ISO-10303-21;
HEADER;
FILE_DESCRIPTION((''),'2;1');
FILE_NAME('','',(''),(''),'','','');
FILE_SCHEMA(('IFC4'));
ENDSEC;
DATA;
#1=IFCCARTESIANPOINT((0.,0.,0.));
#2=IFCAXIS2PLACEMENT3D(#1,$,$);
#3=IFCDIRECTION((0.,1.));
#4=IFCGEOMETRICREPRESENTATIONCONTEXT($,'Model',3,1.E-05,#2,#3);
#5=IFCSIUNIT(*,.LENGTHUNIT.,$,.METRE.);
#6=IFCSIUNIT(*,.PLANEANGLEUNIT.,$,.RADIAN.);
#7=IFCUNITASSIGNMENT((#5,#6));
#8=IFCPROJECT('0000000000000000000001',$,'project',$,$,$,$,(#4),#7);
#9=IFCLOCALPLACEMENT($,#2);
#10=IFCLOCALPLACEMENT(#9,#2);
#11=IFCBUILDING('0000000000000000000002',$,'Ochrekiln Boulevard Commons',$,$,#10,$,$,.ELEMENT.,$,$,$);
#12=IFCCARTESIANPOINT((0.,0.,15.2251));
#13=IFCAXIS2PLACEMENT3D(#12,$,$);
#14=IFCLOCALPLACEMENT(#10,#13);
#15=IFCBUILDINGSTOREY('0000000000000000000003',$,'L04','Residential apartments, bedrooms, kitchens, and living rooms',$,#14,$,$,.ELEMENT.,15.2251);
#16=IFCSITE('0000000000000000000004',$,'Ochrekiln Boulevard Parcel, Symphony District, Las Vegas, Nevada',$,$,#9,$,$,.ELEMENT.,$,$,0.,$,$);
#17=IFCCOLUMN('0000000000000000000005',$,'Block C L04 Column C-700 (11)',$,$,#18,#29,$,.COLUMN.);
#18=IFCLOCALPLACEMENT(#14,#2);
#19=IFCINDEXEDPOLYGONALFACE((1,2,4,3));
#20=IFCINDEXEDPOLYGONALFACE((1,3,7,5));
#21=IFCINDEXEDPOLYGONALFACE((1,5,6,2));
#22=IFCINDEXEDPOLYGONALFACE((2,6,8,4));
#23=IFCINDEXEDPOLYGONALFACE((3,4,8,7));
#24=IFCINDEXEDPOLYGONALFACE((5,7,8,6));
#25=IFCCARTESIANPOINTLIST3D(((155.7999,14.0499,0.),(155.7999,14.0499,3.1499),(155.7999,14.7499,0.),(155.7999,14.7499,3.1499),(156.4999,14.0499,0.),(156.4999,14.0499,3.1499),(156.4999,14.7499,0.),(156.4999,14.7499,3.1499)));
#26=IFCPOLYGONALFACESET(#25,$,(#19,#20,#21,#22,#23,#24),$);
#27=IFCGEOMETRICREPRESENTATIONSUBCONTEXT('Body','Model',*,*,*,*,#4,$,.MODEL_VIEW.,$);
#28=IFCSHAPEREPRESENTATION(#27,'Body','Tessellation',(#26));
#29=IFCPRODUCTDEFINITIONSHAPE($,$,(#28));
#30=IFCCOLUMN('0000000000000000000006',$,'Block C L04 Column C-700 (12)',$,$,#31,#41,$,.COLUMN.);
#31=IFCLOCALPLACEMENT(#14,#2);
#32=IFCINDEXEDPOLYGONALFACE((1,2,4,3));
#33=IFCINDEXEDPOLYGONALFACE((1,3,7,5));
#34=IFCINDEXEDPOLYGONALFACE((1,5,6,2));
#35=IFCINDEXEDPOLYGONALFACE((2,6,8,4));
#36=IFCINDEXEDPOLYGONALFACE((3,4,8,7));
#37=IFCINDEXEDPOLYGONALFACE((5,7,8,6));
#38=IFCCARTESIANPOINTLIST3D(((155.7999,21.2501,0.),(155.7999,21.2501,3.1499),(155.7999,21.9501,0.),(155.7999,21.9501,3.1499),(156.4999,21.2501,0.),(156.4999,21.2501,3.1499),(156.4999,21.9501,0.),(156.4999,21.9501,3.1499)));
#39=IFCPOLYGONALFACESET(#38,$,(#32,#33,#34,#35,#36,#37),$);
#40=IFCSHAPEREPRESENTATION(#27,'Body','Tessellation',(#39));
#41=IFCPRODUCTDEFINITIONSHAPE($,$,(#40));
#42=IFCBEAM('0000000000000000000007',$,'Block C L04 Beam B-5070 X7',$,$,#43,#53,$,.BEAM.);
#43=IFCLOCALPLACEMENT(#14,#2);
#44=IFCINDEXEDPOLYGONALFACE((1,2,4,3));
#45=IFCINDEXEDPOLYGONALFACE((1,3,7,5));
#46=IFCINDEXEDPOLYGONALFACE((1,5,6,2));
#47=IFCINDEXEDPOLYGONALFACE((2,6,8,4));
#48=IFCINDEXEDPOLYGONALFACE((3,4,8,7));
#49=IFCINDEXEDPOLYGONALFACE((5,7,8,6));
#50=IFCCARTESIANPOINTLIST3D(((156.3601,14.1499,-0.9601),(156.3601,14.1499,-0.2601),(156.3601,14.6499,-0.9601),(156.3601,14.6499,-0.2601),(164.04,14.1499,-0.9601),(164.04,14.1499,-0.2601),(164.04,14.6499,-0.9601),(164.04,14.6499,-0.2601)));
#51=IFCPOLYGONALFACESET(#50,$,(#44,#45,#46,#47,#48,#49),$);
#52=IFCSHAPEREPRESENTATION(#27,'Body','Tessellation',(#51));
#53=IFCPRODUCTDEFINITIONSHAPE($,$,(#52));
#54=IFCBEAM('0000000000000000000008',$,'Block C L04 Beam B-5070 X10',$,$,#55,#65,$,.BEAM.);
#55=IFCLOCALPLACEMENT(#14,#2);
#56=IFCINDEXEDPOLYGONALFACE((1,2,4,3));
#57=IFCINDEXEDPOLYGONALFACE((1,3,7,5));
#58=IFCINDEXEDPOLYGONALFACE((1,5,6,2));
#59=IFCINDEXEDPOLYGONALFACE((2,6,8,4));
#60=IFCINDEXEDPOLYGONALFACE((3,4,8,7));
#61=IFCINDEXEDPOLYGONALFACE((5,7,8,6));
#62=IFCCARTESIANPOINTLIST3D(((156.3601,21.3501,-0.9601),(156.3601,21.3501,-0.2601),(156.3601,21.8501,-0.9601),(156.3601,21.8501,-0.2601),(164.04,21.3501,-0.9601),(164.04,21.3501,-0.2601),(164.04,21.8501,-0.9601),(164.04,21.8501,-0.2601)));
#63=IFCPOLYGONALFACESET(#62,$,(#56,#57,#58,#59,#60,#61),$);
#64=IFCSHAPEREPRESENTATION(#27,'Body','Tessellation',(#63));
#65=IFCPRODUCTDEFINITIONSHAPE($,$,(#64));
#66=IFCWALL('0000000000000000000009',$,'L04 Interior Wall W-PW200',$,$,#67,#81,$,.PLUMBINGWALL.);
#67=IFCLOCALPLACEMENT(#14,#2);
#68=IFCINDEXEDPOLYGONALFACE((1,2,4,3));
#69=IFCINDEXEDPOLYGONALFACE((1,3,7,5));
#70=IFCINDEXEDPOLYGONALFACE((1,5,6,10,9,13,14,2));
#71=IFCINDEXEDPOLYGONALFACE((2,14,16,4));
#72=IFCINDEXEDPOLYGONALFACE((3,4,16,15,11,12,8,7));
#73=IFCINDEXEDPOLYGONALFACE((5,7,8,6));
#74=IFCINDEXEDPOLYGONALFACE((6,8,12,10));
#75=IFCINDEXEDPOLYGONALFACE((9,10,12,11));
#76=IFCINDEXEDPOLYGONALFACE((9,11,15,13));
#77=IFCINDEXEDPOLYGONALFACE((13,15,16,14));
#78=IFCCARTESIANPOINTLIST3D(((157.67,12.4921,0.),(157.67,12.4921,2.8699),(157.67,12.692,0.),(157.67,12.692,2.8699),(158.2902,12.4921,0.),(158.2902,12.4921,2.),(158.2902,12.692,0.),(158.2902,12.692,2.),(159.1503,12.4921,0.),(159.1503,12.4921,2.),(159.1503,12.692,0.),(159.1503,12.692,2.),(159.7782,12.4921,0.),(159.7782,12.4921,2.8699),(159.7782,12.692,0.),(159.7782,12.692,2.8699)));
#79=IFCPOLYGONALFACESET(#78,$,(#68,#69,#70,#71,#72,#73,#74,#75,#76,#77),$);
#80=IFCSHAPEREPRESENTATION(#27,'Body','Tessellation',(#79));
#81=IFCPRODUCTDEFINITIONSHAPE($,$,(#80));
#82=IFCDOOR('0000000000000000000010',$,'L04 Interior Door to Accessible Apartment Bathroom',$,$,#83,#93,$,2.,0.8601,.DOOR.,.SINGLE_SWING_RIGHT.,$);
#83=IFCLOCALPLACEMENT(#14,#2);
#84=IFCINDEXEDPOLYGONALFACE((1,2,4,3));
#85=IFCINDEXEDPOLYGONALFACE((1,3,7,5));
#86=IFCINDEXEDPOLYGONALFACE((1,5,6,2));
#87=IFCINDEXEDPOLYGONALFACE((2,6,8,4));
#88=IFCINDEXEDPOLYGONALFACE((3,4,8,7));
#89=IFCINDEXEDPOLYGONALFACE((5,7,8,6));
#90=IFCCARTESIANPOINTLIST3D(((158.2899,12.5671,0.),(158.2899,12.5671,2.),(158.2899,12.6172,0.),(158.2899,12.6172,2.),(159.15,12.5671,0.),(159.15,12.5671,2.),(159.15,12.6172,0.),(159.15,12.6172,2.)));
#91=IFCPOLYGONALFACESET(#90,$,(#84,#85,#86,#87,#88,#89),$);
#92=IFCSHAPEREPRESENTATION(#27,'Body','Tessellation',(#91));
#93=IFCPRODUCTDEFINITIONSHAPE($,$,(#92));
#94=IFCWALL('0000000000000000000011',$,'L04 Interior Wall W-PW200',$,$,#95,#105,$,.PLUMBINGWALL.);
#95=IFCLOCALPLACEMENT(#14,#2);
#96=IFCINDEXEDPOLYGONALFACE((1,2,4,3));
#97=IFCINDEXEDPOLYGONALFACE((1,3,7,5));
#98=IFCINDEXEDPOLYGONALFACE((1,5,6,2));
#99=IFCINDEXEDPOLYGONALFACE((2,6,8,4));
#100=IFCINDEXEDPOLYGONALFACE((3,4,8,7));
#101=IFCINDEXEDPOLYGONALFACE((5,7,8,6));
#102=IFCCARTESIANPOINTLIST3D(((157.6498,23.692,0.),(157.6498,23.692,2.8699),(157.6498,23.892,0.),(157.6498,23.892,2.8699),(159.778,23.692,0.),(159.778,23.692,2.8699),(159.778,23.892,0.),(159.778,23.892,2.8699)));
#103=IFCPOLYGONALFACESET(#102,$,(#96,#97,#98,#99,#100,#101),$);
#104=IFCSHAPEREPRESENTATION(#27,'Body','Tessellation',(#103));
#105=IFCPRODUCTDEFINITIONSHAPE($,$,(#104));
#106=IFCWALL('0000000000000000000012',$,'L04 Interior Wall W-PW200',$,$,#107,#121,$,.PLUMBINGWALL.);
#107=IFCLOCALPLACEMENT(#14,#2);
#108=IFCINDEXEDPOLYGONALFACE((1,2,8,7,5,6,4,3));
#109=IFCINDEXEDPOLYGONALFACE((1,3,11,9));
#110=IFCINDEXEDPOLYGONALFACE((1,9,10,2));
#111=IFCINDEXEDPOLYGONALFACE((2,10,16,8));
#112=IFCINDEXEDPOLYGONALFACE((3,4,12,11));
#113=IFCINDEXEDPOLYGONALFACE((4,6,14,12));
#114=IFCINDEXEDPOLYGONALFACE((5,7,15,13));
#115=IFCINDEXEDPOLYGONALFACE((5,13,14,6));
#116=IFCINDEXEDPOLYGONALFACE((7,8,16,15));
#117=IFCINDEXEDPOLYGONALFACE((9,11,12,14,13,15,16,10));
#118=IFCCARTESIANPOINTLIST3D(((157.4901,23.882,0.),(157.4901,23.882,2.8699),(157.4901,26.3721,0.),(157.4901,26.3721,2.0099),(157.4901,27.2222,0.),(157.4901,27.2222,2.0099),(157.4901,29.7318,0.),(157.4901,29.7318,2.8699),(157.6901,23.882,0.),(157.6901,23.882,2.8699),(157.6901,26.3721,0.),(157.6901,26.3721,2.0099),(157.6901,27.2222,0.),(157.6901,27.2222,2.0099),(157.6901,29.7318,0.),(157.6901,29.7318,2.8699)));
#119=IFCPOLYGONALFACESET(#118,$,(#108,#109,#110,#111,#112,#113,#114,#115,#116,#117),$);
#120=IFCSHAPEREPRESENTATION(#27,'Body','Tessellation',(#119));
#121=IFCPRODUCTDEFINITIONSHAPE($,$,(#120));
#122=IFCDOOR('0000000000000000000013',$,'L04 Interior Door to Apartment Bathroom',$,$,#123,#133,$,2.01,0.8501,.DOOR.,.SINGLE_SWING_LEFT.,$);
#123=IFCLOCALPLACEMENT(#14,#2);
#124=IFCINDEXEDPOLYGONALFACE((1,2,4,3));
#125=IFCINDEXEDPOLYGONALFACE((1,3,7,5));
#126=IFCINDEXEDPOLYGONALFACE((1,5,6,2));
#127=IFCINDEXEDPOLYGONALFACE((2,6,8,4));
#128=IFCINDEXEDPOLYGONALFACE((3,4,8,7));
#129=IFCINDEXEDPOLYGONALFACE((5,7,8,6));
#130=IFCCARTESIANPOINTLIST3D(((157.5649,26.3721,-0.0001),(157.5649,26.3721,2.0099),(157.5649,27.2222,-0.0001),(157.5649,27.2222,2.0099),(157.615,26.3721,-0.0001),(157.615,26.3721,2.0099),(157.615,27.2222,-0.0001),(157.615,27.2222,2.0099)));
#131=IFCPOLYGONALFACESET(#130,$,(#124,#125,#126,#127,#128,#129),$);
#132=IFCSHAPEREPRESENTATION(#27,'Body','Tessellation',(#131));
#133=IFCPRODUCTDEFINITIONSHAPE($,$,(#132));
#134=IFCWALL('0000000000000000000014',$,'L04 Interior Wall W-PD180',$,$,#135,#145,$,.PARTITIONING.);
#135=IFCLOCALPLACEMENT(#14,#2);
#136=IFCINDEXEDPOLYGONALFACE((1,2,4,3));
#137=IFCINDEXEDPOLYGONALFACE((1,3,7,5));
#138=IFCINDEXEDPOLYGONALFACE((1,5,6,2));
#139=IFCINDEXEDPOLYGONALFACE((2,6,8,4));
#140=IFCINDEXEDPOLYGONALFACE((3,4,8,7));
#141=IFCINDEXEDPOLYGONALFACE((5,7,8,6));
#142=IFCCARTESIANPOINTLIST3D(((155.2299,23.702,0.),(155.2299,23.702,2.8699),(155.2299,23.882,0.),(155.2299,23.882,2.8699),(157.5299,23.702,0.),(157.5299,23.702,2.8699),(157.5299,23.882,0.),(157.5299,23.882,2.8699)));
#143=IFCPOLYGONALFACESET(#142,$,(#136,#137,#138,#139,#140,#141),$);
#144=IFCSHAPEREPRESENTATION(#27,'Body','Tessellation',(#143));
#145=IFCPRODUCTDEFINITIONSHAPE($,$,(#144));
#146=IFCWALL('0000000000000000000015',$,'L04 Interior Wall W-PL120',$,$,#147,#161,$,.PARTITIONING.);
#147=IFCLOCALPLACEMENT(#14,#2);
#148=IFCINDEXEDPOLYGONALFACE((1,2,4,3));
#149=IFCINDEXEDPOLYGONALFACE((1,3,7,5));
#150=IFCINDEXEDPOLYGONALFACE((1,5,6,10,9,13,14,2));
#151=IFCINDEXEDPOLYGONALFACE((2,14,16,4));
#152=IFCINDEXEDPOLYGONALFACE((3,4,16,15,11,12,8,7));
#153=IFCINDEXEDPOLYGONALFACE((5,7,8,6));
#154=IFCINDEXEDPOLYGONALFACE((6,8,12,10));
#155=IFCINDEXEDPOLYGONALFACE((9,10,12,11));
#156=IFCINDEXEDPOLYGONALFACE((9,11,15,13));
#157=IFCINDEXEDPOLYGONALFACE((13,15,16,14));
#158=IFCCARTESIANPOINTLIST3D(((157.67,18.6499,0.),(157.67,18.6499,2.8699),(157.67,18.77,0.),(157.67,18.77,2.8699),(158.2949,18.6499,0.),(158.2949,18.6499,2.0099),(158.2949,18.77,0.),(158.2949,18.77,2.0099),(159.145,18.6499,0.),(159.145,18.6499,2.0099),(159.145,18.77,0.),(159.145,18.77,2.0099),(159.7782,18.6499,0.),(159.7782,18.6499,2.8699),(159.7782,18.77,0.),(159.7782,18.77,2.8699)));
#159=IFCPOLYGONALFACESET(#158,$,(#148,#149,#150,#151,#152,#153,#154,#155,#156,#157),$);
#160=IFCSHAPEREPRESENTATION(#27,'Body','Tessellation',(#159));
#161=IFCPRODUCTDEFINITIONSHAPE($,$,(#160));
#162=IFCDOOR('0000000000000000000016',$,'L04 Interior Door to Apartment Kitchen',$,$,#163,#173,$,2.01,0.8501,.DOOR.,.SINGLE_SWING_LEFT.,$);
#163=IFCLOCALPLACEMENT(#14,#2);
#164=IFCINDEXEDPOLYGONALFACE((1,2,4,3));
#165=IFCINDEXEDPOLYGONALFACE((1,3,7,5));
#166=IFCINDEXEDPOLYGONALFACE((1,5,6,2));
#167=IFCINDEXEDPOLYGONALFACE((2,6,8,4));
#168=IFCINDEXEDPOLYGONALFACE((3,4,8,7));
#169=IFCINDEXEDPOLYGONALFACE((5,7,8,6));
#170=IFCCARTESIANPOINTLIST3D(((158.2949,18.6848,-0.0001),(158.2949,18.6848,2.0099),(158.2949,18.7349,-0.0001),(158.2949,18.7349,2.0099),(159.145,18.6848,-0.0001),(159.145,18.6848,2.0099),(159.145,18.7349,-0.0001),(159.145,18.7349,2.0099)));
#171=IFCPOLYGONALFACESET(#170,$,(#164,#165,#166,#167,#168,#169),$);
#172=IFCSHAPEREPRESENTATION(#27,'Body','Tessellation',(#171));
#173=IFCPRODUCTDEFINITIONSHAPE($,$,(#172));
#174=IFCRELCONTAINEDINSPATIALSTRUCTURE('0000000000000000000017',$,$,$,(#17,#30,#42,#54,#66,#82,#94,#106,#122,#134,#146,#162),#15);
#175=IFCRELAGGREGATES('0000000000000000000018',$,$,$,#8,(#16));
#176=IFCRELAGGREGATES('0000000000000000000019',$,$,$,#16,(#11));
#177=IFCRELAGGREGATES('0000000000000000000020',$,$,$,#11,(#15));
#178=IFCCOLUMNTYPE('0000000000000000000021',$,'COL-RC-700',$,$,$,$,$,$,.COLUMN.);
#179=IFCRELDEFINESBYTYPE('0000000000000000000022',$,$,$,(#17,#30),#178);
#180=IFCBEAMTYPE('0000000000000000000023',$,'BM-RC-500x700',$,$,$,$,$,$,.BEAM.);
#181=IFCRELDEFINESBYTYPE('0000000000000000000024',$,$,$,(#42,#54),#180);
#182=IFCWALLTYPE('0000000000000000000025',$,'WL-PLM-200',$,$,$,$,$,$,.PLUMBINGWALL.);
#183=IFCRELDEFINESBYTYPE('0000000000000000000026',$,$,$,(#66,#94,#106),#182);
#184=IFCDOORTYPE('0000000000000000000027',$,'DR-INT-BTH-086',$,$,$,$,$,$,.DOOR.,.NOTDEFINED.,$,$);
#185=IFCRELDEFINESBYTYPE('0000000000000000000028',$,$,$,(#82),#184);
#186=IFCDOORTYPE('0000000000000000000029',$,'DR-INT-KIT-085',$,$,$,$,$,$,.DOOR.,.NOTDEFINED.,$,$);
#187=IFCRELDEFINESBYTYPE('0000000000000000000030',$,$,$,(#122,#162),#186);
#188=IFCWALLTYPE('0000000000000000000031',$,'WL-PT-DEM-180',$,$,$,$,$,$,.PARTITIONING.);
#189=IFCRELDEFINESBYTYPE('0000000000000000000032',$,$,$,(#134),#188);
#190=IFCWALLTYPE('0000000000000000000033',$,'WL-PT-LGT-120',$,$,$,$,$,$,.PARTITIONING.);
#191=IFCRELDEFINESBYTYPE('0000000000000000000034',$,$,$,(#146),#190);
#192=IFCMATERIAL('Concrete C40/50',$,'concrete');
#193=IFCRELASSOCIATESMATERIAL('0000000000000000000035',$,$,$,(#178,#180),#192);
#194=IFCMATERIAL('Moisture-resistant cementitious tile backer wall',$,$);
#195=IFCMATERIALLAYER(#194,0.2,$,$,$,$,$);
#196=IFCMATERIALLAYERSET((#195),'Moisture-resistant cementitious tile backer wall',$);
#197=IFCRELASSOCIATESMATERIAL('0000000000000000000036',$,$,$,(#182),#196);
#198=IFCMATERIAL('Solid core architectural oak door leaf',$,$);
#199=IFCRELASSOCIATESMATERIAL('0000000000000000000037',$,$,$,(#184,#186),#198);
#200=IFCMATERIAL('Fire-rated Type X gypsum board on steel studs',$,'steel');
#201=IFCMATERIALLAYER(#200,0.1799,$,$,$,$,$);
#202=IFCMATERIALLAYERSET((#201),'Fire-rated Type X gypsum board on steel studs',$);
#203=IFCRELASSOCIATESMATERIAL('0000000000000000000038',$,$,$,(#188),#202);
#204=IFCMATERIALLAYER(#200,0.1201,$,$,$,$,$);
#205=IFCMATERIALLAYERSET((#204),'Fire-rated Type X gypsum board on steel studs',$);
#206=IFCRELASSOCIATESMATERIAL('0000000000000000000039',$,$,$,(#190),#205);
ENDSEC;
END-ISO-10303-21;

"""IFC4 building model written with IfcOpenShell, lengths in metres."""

from ifc_helpers import new_model, si_unit, direction, frame, frame_2d, origin, origin_2d, place, context, subcontext, project, spatial, rectangle, extrude, material, layer, layer_set, material_profile, profile_set, type_object, element, fill, save


model = new_model("IFC4")

# Units and contexts
model_context = context("Model", 3, precision=1e-05, world=origin(), true_north=direction((0.0, 1.0)))
body_context = subcontext(model_context, "Body", "Model", "MODEL_VIEW")
ifc_project = project(units=[si_unit("LENGTHUNIT", "METRE"), si_unit("PLANEANGLEUNIT", "RADIAN")], contexts=[model_context])

# Site, building, storey
site_placement = place(None, origin())
site = spatial("IfcSite", under=ifc_project, at=site_placement, Name="Ochrekiln Boulevard Parcel, Symphony District, Las Vegas, Nevada", CompositionType="ELEMENT", RefElevation=0.0)
building_placement = place(site_placement, origin())
building = spatial("IfcBuilding", under=site, at=building_placement, Name="Ochrekiln Boulevard Commons", CompositionType="ELEMENT")
storey_placement = place(building_placement, frame((0.0, 0.0, 15.2251)))
storey = spatial("IfcBuildingStorey", under=building, at=storey_placement, Name="L04", Description="Residential apartments, bedrooms, kitchens, and living rooms", CompositionType="ELEMENT", Elevation=15.2251)

# Columns
ifc_material_1 = material(Name="Concrete C40/50", Category="concrete")
ifc_material_profile_1 = material_profile(ifc_material_1, rectangle(XDim=0.7, YDim=0.7, at=origin_2d()), Name="RC-COL-700x700")
ifc_profile_set_1 = profile_set([ifc_material_profile_1], Name="Concrete C40/50")
column_type = type_object("IfcColumnType", Name="COL-RC-700", PredefinedType="COLUMN", material=ifc_profile_set_1)
for number, where, z_axis, x_axis, name in (
    (1, (156.1499, 14.3999, 0.0), (0.0, 0.0, 1.0), (1.0, 0.0, 0.0), "Block C L04 Column C-700 (11)"),
    (2, (156.1499, 21.6001, 0.0), (0.0, 0.0, 1.0), (1.0, 0.0, 0.0), "Block C L04 Column C-700 (12)"),
):
    element("IfcColumn", number, at=place(storey_placement, frame(where, z_axis=z_axis, x_axis=x_axis)), inside=storey, type_object=column_type, Name=name, PredefinedType="COLUMN", context=body_context, shape_type="SweptSolid", body=[
        extrude(rectangle(XDim=0.7, YDim=0.7, at=origin_2d()), origin(), (0.0, 0.0, 1.0), 3.1499),
    ])

# Beams
ifc_material_profile_2 = material_profile(ifc_material_1, rectangle(XDim=0.5, YDim=0.7, at=origin_2d()), Name="RC-BM-500x700")
ifc_profile_set_2 = profile_set([ifc_material_profile_2], Name="Concrete C40/50")
beam_type = type_object("IfcBeamType", Name="BM-RC-500x700", PredefinedType="BEAM", material=ifc_profile_set_2)
for number, where, z_axis, x_axis, name in (
    (3, (156.3601, 14.3999, -0.6101), (1.0, 0.0, 0.0), (0.0, 1.0, 0.0), "Block C L04 Beam B-5070 X7"),
    (4, (156.3601, 21.6001, -0.6101), (1.0, 0.0, 0.0), (0.0, 1.0, 0.0), "Block C L04 Beam B-5070 X10"),
):
    element("IfcBeam", number, at=place(storey_placement, frame(where, z_axis=z_axis, x_axis=x_axis)), inside=storey, type_object=beam_type, Name=name, PredefinedType="BEAM", context=body_context, shape_type="SweptSolid", body=[
        extrude(rectangle(XDim=0.5, YDim=0.7, at=origin_2d()), origin(), (0.0, 0.0, 1.0), 7.6799),
    ])

# Wall, opening, door
ifc_material_2 = material(Name="Moisture-resistant cementitious tile backer wall")
ifc_layer_1 = layer(ifc_material_2, 0.2)
ifc_layer_set_1 = layer_set([ifc_layer_1], Name="Moisture-resistant cementitious tile backer wall")
wall_type_1 = type_object("IfcWallType", Name="WL-PLM-200", PredefinedType="PLUMBINGWALL", material=ifc_layer_set_1)
wall_1_placement = place(storey_placement, frame((157.6699, 12.592, 0.0), z_axis=(0.0, 0.0, 1.0), x_axis=(1.0, 0.0, 0.0)))
wall_1 = element("IfcWall", 5, at=wall_1_placement, inside=storey, type_object=wall_type_1, Name="L04 Interior Wall W-PW200", PredefinedType="PLUMBINGWALL", context=body_context, shape_type="SweptSolid", body=[
    extrude(rectangle(XDim=2.1082, YDim=0.2, at=frame_2d((1.0542, 0.0))), origin(), (0.0, 0.0, 1.0), 2.8699),
])
opening_1_placement = place(wall_1_placement, frame((0.6201, 0.0, 0.0)))
opening_1 = element("IfcOpeningElement", 6, at=opening_1_placement, cuts=wall_1, PredefinedType="OPENING", context=body_context, shape_type="SweptSolid", body=[
    extrude(rectangle(XDim=0.8601, YDim=2.0, at=frame_2d((0.4302, 1.0))), frame((0.0, 0.1099, 0.0), z_axis=(0.0, -1.0, 0.0), x_axis=(1.0, 0.0, 0.0)), (0.0, 0.0, 1.0), 0.22),
])
ifc_material_3 = material(Name="Solid core architectural oak door leaf")
door_type_1 = type_object("IfcDoorType", Name="DR-INT-BTH-086", OperationType="NOTDEFINED", PredefinedType="DOOR", material=ifc_material_3)
door_1_placement = place(opening_1_placement, frame((0.8601, 0.0, 0.0), z_axis=(0.0, 0.0, 1.0), x_axis=(-1.0, 0.0, 0.0)))
door_1 = element("IfcDoor", 7, at=door_1_placement, inside=storey, type_object=door_type_1, Name="L04 Interior Door to Accessible Apartment Bathroom", OperationType="SINGLE_SWING_RIGHT", OverallHeight=2.0, OverallWidth=0.8601, PredefinedType="DOOR", context=body_context, shape_type="SweptSolid", body=[
    extrude(rectangle(XDim=0.8601, YDim=2.0, at=frame_2d((0.4302, 1.0))), frame((0.0, 0.0249, 0.0), z_axis=(0.0, -1.0, 0.0), x_axis=(1.0, 0.0, 0.0)), (0.0, 0.0, 1.0), 0.05),
])
fill(opening_1, door_1)

# Wall
wall_2_placement = place(storey_placement, frame((157.6499, 23.792, 0.0), z_axis=(0.0, 0.0, 1.0), x_axis=(1.0, 0.0, 0.0)))
element("IfcWall", 8, at=wall_2_placement, inside=storey, type_object=wall_type_1, Name="L04 Interior Wall W-PW200", PredefinedType="PLUMBINGWALL", context=body_context, shape_type="SweptSolid", body=[
    extrude(rectangle(XDim=2.1282, YDim=0.2, at=frame_2d((1.064, 0.0))), origin(), (0.0, 0.0, 1.0), 2.8699),
])

# Wall, opening, door
wall_3_placement = place(storey_placement, frame((157.5901, 23.8821, 0.0), z_axis=(0.0, 0.0, 1.0), x_axis=(0.0, 1.0, 0.0)))
wall_3 = element("IfcWall", 9, at=wall_3_placement, inside=storey, type_object=wall_type_1, Name="L04 Interior Wall W-PW200", PredefinedType="PLUMBINGWALL", context=body_context, shape_type="SweptSolid", body=[
    extrude(rectangle(XDim=5.8499, YDim=0.2, at=frame_2d((2.9248, 0.0))), origin(), (0.0, 0.0, 1.0), 2.8699),
])
opening_2_placement = place(wall_3_placement, frame((2.49, 0.0, 0.0)))
opening_2 = element("IfcOpeningElement", 10, at=opening_2_placement, cuts=wall_3, PredefinedType="OPENING", context=body_context, shape_type="SweptSolid", body=[
    extrude(rectangle(XDim=0.8501, YDim=2.01, at=frame_2d((0.425, 1.0049))), frame((0.0, 0.1099, 0.0), z_axis=(0.0, -1.0, 0.0), x_axis=(1.0, 0.0, 0.0)), (0.0, 0.0, 1.0), 0.22),
])
door_type_2 = type_object("IfcDoorType", Name="DR-INT-KIT-085", OperationType="NOTDEFINED", PredefinedType="DOOR", material=ifc_material_3)
door_2_placement = place(opening_2_placement, frame((0.8501, 0.0, 0.0), z_axis=(0.0, 0.0, 1.0), x_axis=(-1.0, 0.0, 0.0)))
door_2 = element("IfcDoor", 11, at=door_2_placement, inside=storey, type_object=door_type_2, Name="L04 Interior Door to Apartment Bathroom", OperationType="SINGLE_SWING_LEFT", OverallHeight=2.01, OverallWidth=0.8501, PredefinedType="DOOR", context=body_context, shape_type="SweptSolid", body=[
    extrude(rectangle(XDim=0.8501, YDim=2.01, at=frame_2d((0.425, 1.0049))), frame((0.0, 0.0249, 0.0), z_axis=(0.0, -1.0, 0.0), x_axis=(1.0, 0.0, 0.0)), (0.0, 0.0, 1.0), 0.05),
])
fill(opening_2, door_2)

# Wall
ifc_material_4 = material(Name="Fire-rated Type X gypsum board on steel studs", Category="steel")
ifc_layer_2 = layer(ifc_material_4, 0.1799)
ifc_layer_set_2 = layer_set([ifc_layer_2], Name="Fire-rated Type X gypsum board on steel studs")
wall_type_2 = type_object("IfcWallType", Name="WL-PT-DEM-180", PredefinedType="PARTITIONING", material=ifc_layer_set_2)
wall_4_placement = place(storey_placement, frame((155.23, 23.792, 0.0), z_axis=(0.0, 0.0, 1.0), x_axis=(1.0, 0.0, 0.0)))
element("IfcWall", 12, at=wall_4_placement, inside=storey, type_object=wall_type_2, Name="L04 Interior Wall W-PD180", PredefinedType="PARTITIONING", context=body_context, shape_type="SweptSolid", body=[
    extrude(rectangle(XDim=2.3, YDim=0.1799, at=frame_2d((1.1499, 0.0))), origin(), (0.0, 0.0, 1.0), 2.8699),
])

# Wall, opening, door
ifc_layer_3 = layer(ifc_material_4, 0.1201)
ifc_layer_set_3 = layer_set([ifc_layer_3], Name="Fire-rated Type X gypsum board on steel studs")
wall_type_3 = type_object("IfcWallType", Name="WL-PT-LGT-120", PredefinedType="PARTITIONING", material=ifc_layer_set_3)
wall_5_placement = place(storey_placement, frame((157.6699, 18.71, 0.0), z_axis=(0.0, 0.0, 1.0), x_axis=(1.0, 0.0, 0.0)))
wall_5 = element("IfcWall", 13, at=wall_5_placement, inside=storey, type_object=wall_type_3, Name="L04 Interior Wall W-PL120", PredefinedType="PARTITIONING", context=body_context, shape_type="SweptSolid", body=[
    extrude(rectangle(XDim=2.1082, YDim=0.1201, at=frame_2d((1.0542, 0.0))), origin(), (0.0, 0.0, 1.0), 2.8699),
])
opening_3_placement = place(wall_5_placement, frame((0.625, 0.0, 0.0)))
opening_3 = element("IfcOpeningElement", 14, at=opening_3_placement, cuts=wall_5, PredefinedType="OPENING", context=body_context, shape_type="SweptSolid", body=[
    extrude(rectangle(XDim=0.8501, YDim=2.01, at=frame_2d((0.425, 1.0049))), frame((0.0, 0.0701, 0.0), z_axis=(0.0, -1.0, 0.0), x_axis=(1.0, 0.0, 0.0)), (0.0, 0.0, 1.0), 0.1401),
])
door_3_placement = place(opening_3_placement, origin())
door_3 = element("IfcDoor", 15, at=door_3_placement, inside=storey, type_object=door_type_2, Name="L04 Interior Door to Apartment Kitchen", OperationType="SINGLE_SWING_LEFT", OverallHeight=2.01, OverallWidth=0.8501, PredefinedType="DOOR", context=body_context, shape_type="SweptSolid", body=[
    extrude(rectangle(XDim=0.8501, YDim=2.01, at=frame_2d((0.425, 1.0049))), frame((0.0, 0.0249, 0.0), z_axis=(0.0, -1.0, 0.0), x_axis=(1.0, 0.0, 0.0)), (0.0, 0.0, 1.0), 0.05),
])
fill(opening_3, door_3)

save(model, "model.ifc")
